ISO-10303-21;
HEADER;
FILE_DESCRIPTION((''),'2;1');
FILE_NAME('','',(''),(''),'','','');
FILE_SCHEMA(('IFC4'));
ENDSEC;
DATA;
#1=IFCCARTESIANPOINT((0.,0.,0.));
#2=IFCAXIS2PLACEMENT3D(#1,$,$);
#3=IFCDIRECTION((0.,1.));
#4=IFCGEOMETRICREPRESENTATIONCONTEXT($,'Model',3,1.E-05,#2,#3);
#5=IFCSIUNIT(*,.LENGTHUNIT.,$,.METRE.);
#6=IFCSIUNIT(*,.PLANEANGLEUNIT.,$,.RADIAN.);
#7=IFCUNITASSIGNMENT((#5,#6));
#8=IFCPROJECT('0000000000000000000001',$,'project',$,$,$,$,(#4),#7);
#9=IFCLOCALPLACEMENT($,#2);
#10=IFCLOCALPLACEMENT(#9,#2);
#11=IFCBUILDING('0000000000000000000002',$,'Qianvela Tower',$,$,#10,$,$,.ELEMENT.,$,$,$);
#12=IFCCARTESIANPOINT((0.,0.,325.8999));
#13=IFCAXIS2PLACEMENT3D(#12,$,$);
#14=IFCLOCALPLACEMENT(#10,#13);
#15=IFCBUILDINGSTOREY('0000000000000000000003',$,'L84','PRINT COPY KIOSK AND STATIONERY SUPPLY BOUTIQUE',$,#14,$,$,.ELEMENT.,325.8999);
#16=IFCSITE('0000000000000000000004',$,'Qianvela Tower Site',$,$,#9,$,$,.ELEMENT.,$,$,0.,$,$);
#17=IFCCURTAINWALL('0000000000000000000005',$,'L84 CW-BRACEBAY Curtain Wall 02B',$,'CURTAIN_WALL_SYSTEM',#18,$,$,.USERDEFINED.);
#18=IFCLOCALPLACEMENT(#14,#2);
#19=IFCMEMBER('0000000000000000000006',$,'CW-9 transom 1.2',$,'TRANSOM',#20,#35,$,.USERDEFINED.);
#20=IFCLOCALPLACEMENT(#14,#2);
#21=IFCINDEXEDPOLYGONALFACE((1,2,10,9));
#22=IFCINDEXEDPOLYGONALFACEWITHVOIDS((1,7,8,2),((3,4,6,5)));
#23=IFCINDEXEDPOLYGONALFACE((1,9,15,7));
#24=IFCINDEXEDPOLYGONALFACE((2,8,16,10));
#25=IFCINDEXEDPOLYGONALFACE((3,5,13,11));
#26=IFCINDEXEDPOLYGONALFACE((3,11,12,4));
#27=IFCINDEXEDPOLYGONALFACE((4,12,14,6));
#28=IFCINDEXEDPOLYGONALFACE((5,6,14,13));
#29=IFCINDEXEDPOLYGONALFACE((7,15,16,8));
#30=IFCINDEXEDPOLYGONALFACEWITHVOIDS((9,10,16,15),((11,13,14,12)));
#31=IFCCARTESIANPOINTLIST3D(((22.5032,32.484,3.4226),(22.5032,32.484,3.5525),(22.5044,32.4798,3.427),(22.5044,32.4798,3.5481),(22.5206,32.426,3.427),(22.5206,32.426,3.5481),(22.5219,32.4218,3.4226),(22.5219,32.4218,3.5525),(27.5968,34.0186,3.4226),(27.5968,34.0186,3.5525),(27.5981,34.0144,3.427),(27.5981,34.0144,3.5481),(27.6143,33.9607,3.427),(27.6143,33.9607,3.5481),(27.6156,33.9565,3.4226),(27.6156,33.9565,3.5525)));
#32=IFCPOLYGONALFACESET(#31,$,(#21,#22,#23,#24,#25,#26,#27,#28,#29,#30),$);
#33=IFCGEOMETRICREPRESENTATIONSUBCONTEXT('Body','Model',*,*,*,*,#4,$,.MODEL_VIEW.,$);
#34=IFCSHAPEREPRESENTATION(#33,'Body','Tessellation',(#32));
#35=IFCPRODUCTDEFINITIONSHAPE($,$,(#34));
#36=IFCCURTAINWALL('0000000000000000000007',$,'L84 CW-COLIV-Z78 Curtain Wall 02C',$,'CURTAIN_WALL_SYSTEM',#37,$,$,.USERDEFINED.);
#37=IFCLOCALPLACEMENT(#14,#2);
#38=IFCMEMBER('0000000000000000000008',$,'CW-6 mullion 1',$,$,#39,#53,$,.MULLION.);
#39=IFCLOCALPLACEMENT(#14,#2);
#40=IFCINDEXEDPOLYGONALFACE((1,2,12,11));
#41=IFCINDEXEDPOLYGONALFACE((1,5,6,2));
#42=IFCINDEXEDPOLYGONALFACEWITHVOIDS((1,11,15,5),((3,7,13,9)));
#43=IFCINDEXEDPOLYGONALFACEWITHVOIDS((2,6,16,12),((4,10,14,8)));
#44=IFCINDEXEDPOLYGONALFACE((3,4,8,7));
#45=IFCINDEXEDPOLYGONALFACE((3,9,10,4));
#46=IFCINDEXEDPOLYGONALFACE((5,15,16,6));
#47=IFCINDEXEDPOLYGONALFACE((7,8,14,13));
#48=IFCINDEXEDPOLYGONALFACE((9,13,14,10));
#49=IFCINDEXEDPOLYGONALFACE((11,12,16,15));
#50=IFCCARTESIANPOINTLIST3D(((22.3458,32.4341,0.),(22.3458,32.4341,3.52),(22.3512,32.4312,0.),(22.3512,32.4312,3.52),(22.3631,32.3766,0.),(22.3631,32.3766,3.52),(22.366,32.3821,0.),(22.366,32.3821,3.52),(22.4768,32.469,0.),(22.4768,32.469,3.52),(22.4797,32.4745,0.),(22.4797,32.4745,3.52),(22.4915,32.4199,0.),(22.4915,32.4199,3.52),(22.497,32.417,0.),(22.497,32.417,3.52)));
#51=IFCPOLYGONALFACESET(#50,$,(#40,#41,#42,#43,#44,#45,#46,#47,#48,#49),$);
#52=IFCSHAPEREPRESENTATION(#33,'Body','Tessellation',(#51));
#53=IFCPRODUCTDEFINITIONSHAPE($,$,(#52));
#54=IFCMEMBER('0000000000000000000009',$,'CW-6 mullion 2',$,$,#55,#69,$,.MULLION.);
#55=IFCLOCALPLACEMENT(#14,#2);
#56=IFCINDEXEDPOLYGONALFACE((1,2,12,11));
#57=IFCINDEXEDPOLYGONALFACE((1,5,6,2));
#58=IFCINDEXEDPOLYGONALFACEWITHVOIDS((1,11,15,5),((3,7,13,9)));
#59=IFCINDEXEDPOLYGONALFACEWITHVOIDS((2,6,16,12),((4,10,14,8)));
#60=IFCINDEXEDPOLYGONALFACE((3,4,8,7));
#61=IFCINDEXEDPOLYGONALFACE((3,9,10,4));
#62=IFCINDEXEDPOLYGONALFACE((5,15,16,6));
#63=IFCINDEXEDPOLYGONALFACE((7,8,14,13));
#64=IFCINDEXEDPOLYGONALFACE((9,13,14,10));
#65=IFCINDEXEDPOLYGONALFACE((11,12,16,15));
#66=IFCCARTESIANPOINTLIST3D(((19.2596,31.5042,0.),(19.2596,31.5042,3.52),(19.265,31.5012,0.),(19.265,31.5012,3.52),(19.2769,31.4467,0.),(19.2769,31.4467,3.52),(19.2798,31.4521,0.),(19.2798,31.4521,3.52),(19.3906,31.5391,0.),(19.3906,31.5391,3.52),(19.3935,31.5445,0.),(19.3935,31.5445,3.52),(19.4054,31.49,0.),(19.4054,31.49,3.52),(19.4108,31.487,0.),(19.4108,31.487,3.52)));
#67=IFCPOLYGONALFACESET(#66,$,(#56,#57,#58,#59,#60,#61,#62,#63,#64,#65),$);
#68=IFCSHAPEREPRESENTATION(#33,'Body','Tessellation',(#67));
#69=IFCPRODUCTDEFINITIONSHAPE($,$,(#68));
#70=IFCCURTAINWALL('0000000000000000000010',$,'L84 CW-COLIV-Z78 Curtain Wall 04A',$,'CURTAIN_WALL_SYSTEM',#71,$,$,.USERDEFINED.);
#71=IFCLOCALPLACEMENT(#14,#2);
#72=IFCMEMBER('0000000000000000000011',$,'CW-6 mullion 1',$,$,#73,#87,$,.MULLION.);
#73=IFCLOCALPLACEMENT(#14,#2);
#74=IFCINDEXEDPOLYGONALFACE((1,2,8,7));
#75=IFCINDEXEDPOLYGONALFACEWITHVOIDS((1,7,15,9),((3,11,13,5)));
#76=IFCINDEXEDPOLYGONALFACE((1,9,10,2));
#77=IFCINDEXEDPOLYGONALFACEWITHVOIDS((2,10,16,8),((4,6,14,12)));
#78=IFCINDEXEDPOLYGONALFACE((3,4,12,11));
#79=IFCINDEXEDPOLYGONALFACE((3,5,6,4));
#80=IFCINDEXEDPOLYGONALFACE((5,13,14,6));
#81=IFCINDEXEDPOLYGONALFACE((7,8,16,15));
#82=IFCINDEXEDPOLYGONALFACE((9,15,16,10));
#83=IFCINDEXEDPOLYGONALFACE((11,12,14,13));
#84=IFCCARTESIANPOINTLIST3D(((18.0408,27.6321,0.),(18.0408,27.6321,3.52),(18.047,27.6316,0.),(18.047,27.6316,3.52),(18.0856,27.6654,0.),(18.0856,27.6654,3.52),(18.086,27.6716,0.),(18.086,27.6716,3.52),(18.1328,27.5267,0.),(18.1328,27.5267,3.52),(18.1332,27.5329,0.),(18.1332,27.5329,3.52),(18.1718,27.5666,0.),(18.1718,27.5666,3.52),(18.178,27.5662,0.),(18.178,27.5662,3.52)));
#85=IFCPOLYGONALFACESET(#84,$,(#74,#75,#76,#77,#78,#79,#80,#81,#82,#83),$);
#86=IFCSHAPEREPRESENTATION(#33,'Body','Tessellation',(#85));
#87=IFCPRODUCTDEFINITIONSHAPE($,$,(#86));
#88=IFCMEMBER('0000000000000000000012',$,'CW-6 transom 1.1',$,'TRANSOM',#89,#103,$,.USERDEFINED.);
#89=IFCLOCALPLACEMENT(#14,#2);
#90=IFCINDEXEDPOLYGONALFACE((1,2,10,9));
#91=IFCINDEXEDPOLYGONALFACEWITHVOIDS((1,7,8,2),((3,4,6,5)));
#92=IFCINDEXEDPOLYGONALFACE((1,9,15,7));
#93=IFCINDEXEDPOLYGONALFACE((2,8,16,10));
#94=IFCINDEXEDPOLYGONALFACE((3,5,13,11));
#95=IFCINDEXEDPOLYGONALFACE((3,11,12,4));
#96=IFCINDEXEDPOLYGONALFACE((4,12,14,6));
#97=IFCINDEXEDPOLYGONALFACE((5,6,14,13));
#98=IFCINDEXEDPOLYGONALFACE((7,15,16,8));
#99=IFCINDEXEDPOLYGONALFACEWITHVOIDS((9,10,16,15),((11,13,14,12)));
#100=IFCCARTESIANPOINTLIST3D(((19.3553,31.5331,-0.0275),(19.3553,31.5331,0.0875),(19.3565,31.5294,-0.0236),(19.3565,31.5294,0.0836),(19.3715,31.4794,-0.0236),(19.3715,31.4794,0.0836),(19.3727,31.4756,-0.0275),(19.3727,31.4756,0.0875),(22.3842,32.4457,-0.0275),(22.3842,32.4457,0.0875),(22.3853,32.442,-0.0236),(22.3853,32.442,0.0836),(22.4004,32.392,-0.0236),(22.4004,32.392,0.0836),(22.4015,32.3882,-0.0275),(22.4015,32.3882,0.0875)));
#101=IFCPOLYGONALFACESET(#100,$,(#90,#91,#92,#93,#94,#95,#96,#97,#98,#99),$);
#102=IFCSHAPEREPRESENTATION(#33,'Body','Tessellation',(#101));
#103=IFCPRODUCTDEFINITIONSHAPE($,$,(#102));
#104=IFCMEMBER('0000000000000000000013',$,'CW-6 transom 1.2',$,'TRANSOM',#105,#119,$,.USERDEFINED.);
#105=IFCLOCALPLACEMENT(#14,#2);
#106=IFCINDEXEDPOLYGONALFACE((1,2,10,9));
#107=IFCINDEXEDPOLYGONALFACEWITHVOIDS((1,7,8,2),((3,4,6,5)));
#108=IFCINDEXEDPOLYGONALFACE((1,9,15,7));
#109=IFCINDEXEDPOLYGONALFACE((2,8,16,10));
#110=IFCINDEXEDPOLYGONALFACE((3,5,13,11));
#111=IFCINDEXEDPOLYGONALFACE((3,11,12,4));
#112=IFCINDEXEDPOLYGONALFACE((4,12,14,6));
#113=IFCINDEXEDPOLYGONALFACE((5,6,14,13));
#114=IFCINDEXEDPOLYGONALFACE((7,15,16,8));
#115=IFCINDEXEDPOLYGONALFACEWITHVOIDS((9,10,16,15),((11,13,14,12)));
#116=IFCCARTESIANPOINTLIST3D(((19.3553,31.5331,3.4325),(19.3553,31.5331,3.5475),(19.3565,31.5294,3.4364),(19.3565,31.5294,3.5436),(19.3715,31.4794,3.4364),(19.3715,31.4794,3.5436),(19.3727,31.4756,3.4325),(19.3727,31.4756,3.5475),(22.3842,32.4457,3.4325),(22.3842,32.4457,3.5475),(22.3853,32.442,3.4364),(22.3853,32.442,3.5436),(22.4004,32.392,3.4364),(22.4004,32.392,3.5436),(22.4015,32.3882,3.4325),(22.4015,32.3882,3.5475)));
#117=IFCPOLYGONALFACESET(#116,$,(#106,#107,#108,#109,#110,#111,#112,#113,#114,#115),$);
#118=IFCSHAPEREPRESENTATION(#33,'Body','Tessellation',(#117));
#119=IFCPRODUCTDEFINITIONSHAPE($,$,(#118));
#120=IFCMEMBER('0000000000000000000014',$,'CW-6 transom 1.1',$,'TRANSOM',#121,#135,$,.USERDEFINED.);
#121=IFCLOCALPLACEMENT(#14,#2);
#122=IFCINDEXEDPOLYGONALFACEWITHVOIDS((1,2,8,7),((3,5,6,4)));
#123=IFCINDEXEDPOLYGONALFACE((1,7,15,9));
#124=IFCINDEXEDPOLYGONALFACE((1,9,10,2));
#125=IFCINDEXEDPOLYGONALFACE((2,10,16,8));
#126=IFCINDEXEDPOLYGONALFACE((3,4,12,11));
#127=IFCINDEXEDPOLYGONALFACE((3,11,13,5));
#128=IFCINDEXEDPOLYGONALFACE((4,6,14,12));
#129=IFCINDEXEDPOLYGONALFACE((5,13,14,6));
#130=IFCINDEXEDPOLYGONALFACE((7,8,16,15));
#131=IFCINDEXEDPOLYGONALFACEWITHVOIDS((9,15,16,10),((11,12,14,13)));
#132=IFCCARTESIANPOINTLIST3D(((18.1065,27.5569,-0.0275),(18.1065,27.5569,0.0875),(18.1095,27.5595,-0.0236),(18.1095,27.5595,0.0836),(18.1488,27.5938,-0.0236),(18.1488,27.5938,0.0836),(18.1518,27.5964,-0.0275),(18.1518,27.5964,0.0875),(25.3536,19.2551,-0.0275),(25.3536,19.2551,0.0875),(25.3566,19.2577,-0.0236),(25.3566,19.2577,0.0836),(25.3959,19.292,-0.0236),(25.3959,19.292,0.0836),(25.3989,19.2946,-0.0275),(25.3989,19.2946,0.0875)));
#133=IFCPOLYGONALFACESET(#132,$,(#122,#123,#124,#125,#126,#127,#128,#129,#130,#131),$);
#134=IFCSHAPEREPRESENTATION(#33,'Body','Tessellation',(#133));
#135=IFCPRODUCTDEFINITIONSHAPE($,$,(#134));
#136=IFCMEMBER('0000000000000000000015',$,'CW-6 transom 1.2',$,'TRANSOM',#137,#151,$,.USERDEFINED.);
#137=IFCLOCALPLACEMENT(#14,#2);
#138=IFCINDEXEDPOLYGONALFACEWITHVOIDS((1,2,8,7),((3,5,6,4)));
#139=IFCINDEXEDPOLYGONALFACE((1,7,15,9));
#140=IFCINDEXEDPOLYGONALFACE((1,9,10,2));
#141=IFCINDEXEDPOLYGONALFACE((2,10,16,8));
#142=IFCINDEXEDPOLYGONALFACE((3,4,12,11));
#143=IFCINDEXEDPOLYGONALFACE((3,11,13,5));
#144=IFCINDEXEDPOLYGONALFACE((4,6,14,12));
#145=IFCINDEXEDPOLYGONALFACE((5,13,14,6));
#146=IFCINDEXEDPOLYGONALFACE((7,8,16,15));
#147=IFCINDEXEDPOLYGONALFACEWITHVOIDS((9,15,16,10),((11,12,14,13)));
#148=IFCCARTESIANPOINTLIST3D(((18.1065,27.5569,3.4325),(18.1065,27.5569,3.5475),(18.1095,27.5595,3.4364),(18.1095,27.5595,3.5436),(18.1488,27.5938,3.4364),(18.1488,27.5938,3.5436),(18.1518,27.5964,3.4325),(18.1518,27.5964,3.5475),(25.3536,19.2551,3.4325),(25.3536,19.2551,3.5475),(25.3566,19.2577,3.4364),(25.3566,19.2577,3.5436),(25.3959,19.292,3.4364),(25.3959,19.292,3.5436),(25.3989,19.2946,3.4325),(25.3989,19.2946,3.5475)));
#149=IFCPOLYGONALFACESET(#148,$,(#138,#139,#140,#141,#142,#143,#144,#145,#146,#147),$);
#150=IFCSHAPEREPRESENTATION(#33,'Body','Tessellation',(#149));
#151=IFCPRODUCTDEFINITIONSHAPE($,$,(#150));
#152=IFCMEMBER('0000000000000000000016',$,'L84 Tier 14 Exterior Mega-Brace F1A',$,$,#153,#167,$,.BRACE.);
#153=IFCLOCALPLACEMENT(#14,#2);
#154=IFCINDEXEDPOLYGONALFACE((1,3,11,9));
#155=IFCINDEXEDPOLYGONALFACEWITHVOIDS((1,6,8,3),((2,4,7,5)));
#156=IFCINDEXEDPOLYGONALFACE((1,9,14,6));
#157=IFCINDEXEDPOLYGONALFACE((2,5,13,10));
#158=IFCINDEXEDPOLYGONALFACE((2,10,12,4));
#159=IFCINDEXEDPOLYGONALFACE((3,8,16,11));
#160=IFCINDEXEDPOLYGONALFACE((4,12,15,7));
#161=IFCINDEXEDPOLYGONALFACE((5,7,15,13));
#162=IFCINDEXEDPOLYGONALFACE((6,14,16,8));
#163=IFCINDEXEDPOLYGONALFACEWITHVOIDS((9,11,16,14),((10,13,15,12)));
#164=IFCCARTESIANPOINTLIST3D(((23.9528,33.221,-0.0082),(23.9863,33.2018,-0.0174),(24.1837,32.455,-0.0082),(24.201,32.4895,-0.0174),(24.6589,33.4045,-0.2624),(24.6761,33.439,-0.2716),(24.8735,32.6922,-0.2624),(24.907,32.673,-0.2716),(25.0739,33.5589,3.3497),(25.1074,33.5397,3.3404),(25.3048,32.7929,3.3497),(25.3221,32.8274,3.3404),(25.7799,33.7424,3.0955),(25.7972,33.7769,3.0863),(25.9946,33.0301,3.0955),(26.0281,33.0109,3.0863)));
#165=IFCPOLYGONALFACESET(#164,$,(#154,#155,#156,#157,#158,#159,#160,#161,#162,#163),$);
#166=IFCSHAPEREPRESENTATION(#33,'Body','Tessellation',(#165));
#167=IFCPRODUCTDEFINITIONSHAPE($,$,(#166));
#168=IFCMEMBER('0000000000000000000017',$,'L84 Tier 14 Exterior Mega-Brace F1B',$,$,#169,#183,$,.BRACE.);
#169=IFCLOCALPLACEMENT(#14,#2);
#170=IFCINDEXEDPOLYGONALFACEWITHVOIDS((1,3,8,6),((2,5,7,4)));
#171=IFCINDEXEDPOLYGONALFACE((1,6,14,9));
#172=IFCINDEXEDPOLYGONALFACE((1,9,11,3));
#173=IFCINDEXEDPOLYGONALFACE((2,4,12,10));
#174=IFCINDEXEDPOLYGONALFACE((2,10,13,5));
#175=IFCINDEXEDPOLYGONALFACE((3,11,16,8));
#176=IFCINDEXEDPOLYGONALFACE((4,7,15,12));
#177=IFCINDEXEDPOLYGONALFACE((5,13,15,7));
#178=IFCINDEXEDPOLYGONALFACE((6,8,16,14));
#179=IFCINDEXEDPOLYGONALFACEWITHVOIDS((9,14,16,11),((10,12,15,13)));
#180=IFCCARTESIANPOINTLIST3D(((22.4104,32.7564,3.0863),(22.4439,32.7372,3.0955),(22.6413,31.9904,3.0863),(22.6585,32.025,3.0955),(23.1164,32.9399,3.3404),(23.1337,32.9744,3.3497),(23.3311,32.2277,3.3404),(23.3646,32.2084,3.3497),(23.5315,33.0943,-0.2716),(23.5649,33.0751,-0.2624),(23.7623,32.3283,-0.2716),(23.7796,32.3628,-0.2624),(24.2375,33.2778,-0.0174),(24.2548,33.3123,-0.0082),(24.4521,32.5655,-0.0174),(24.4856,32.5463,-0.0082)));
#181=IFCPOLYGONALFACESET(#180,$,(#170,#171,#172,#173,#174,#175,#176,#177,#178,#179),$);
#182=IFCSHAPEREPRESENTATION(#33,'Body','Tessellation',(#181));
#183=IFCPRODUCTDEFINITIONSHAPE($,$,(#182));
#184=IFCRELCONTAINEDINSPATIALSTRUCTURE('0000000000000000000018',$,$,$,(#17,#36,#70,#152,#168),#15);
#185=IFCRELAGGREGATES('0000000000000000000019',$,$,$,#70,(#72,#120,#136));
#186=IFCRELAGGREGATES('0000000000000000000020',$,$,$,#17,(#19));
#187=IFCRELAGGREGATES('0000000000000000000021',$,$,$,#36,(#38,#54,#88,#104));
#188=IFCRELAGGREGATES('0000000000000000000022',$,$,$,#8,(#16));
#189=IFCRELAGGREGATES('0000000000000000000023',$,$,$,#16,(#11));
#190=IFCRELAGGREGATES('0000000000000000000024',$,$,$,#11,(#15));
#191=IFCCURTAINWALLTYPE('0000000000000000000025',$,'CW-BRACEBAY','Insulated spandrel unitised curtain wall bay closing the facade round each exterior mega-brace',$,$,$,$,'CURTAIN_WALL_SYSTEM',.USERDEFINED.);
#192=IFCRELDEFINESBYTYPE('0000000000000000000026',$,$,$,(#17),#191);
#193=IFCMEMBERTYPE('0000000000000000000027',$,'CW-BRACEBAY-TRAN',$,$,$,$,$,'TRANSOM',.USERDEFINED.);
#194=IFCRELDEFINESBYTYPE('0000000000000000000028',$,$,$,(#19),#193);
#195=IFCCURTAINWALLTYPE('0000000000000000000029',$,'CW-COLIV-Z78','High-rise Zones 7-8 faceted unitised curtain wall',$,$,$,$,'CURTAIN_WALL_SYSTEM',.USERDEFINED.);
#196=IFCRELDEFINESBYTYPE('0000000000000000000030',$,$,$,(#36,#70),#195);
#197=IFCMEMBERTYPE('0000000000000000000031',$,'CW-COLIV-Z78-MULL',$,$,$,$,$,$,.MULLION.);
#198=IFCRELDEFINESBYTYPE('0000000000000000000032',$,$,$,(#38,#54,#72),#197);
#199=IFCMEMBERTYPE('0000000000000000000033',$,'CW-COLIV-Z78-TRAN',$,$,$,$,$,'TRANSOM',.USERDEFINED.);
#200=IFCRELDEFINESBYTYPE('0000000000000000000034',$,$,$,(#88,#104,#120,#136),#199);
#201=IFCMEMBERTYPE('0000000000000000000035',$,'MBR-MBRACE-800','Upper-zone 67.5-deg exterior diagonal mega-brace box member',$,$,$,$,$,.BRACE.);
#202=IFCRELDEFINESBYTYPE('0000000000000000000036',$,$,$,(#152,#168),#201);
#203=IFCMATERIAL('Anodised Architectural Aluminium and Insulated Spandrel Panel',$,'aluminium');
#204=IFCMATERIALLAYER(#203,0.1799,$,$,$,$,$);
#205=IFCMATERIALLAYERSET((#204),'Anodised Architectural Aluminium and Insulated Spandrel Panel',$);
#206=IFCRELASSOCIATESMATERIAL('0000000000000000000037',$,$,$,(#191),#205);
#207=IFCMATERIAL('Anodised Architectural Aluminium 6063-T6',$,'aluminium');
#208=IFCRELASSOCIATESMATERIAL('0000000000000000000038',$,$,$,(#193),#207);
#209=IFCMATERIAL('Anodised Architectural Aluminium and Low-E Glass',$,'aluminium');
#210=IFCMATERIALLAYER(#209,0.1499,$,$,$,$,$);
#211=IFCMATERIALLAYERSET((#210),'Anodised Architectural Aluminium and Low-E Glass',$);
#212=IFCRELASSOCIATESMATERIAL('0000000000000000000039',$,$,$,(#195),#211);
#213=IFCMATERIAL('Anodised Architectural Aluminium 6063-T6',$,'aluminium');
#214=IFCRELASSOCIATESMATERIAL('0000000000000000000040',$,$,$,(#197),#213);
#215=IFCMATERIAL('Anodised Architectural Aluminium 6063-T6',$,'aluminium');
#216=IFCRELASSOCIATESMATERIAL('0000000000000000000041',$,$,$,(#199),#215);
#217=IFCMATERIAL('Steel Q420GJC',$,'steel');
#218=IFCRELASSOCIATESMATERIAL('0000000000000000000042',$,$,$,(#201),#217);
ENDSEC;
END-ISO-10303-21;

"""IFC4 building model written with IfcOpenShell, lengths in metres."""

from ifc_helpers import new_model, si_unit, direction, frame, origin, origin_2d, place, context, subcontext, project, spatial, hollow_rectangle, extrude, material, layer, layer_set, material_profile, profile_set, type_object, element, aggregate, save


model = new_model("IFC4")

# Units and contexts
model_context = context("Model", 3, precision=1e-05, world=origin(), true_north=direction((0.0, 1.0)))
body_context = subcontext(model_context, "Body", "Model", "MODEL_VIEW")
ifc_project = project(units=[si_unit("LENGTHUNIT", "METRE"), si_unit("PLANEANGLEUNIT", "RADIAN")], contexts=[model_context])

# Site, building, storey
site_placement = place(None, origin())
site = spatial("IfcSite", under=ifc_project, at=site_placement, Name="Qianvela Tower Site", CompositionType="ELEMENT", RefElevation=0.0)
building_placement = place(site_placement, origin())
building = spatial("IfcBuilding", under=site, at=building_placement, Name="Qianvela Tower", CompositionType="ELEMENT")
storey_placement = place(building_placement, frame((0.0, 0.0, 325.8999)))
storey = spatial("IfcBuildingStorey", under=building, at=storey_placement, Name="L84", Description="PRINT COPY KIOSK AND STATIONERY SUPPLY BOUTIQUE", CompositionType="ELEMENT", Elevation=325.8999)

# Curtain walls, members
ifc_material_1 = material(Name="Anodised Architectural Aluminium and Insulated Spandrel Panel", Category="aluminium")
ifc_layer_1 = layer(ifc_material_1, 0.1799)
ifc_layer_set_1 = layer_set([ifc_layer_1], Name="Anodised Architectural Aluminium and Insulated Spandrel Panel")
curtain_wall_type_1 = type_object("IfcCurtainWallType", Name="CW-BRACEBAY", Description="Insulated spandrel unitised curtain wall bay closing the facade round each exterior mega-brace", ElementType="CURTAIN_WALL_SYSTEM", PredefinedType="USERDEFINED", material=ifc_layer_set_1)
curtain_wall_1_placement = place(storey_placement, origin())
curtain_wall_1 = element("IfcCurtainWall", 1, at=curtain_wall_1_placement, inside=storey, type_object=curtain_wall_type_1, Name="L84 CW-BRACEBAY Curtain Wall 02B", ObjectType="CURTAIN_WALL_SYSTEM", PredefinedType="USERDEFINED")
ifc_material_2 = material(Name="Anodised Architectural Aluminium 6063-T6", Category="aluminium")
ifc_material_profile_1 = material_profile(ifc_material_2, hollow_rectangle(XDim=0.0649, YDim=0.1299, WallThickness=0.0044, at=origin_2d()), Name="ALU-TRAN-65x130")
ifc_profile_set_1 = profile_set([ifc_material_profile_1], Name="Anodised Architectural Aluminium 6063-T6")
member_type_1 = type_object("IfcMemberType", Name="CW-BRACEBAY-TRAN", ElementType="TRANSOM", PredefinedType="USERDEFINED", material=ifc_profile_set_1)
member_1_placement = place(storey_placement, frame((27.6062, 33.9875, 3.4875), z_axis=(-0.957487, -0.288476, 0.0), x_axis=(0.288476, -0.957487, 0.0)))
member_1 = element("IfcMember", 2, at=member_1_placement, type_object=member_type_1, Name="CW-9 transom 1.2", ObjectType="TRANSOM", PredefinedType="USERDEFINED", context=body_context, shape_type="SweptSolid", body=[
    extrude(hollow_rectangle(XDim=0.0649, YDim=0.1299, WallThickness=0.0044, at=origin_2d()), origin(), (0.0, 0.0, 1.0), 5.3198),
])
ifc_material_3 = material(Name="Anodised Architectural Aluminium and Low-E Glass", Category="aluminium")
ifc_layer_2 = layer(ifc_material_3, 0.1499)
ifc_layer_set_2 = layer_set([ifc_layer_2], Name="Anodised Architectural Aluminium and Low-E Glass")
curtain_wall_type_2 = type_object("IfcCurtainWallType", Name="CW-COLIV-Z78", Description="High-rise Zones 7-8 faceted unitised curtain wall", ElementType="CURTAIN_WALL_SYSTEM", PredefinedType="USERDEFINED", material=ifc_layer_set_2)
curtain_wall_2_placement = place(storey_placement, origin())
curtain_wall_2 = element("IfcCurtainWall", 3, at=curtain_wall_2_placement, inside=storey, type_object=curtain_wall_type_2, Name="L84 CW-COLIV-Z78 Curtain Wall 02C", ObjectType="CURTAIN_WALL_SYSTEM", PredefinedType="USERDEFINED")
ifc_material_4 = material(Name="Anodised Architectural Aluminium 6063-T6", Category="aluminium")
ifc_material_profile_2 = material_profile(ifc_material_4, hollow_rectangle(XDim=0.0601, YDim=0.1399, WallThickness=0.0044, at=origin_2d()), Name="ALU-MULL-60x140")
ifc_profile_set_2 = profile_set([ifc_material_profile_2], Name="Anodised Architectural Aluminium 6063-T6")
member_type_2 = type_object("IfcMemberType", Name="CW-COLIV-Z78-MULL", PredefinedType="MULLION", material=ifc_profile_set_2)
member_2_placement = place(storey_placement, frame((22.4214, 32.4255, 0.0), z_axis=(0.0, 0.0, 1.0), x_axis=(0.288491, -0.957483, 0.0)))
member_2 = element("IfcMember", 4, at=member_2_placement, type_object=member_type_2, Name="CW-6 mullion 1", PredefinedType="MULLION", context=body_context, shape_type="SweptSolid", body=[
    extrude(hollow_rectangle(XDim=0.0601, YDim=0.1399, WallThickness=0.0044, at=origin_2d()), origin(), (0.0, 0.0, 1.0), 3.52),
])
member_3_placement = place(storey_placement, frame((19.3352, 31.4956, 0.0), z_axis=(0.0, 0.0, 1.0), x_axis=(0.288491, -0.957483, 0.0)))
member_3 = element("IfcMember", 5, at=member_3_placement, type_object=member_type_2, Name="CW-6 mullion 2", PredefinedType="MULLION", context=body_context, shape_type="SweptSolid", body=[
    extrude(hollow_rectangle(XDim=0.0601, YDim=0.1399, WallThickness=0.0044, at=origin_2d()), origin(), (0.0, 0.0, 1.0), 3.52),
])

# Curtain wall, member
curtain_wall_3_placement = place(storey_placement, origin())
curtain_wall_3 = element("IfcCurtainWall", 6, at=curtain_wall_3_placement, inside=storey, type_object=curtain_wall_type_2, Name="L84 CW-COLIV-Z78 Curtain Wall 04A", ObjectType="CURTAIN_WALL_SYSTEM", PredefinedType="USERDEFINED")
member_4_placement = place(storey_placement, frame((18.1094, 27.5991, 0.0), z_axis=(0.0, 0.0, 1.0), x_axis=(0.753332, 0.657641, 0.0)))
member_4 = element("IfcMember", 7, at=member_4_placement, type_object=member_type_2, Name="CW-6 mullion 1", PredefinedType="MULLION", context=body_context, shape_type="SweptSolid", body=[
    extrude(hollow_rectangle(XDim=0.0601, YDim=0.1399, WallThickness=0.0044, at=origin_2d()), origin(), (0.0, 0.0, 1.0), 3.52),
])

# Members
ifc_material_5 = material(Name="Anodised Architectural Aluminium 6063-T6", Category="aluminium")
ifc_material_profile_3 = material_profile(ifc_material_5, hollow_rectangle(XDim=0.0601, YDim=0.115, WallThickness=0.0039, at=origin_2d()), Name="ALU-TRAN-60x115")
ifc_profile_set_3 = profile_set([ifc_material_profile_3], Name="Anodised Architectural Aluminium 6063-T6")
member_type_3 = type_object("IfcMemberType", Name="CW-COLIV-Z78-TRAN", ElementType="TRANSOM", PredefinedType="USERDEFINED", material=ifc_profile_set_3)
member_5_placement = place(storey_placement, frame((22.3928, 32.417, 0.03), z_axis=(-0.957481, -0.288495, 0.0), x_axis=(0.288495, -0.957481, 0.0)))
member_5 = element("IfcMember", 8, at=member_5_placement, type_object=member_type_3, Name="CW-6 transom 1.1", ObjectType="TRANSOM", PredefinedType="USERDEFINED", context=body_context, shape_type="SweptSolid", body=[
    extrude(hollow_rectangle(XDim=0.0601, YDim=0.115, WallThickness=0.0039, at=origin_2d()), origin(), (0.0, 0.0, 1.0), 3.1633),
])
member_6_placement = place(storey_placement, frame((22.3928, 32.417, 3.49), z_axis=(-0.957481, -0.288495, 0.0), x_axis=(0.288495, -0.957481, 0.0)))
member_6 = element("IfcMember", 9, at=member_6_placement, type_object=member_type_3, Name="CW-6 transom 1.2", ObjectType="TRANSOM", PredefinedType="USERDEFINED", context=body_context, shape_type="SweptSolid", body=[
    extrude(hollow_rectangle(XDim=0.0601, YDim=0.115, WallThickness=0.0039, at=origin_2d()), origin(), (0.0, 0.0, 1.0), 3.1633),
])
member_7_placement = place(storey_placement, frame((18.1292, 27.5767, 0.03), z_axis=(0.657632, -0.753339, 0.0), x_axis=(0.753339, 0.657632, 0.0)))
member_7 = element("IfcMember", 10, at=member_7_placement, type_object=member_type_3, Name="CW-6 transom 1.1", ObjectType="TRANSOM", PredefinedType="USERDEFINED", context=body_context, shape_type="SweptSolid", body=[
    extrude(hollow_rectangle(XDim=0.0601, YDim=0.115, WallThickness=0.0039, at=origin_2d()), origin(), (0.0, 0.0, 1.0), 11.02),
])
member_8_placement = place(storey_placement, frame((18.1292, 27.5767, 3.49), z_axis=(0.657632, -0.753339, 0.0), x_axis=(0.753339, 0.657632, 0.0)))
member_8 = element("IfcMember", 11, at=member_8_placement, type_object=member_type_3, Name="CW-6 transom 1.2", ObjectType="TRANSOM", PredefinedType="USERDEFINED", context=body_context, shape_type="SweptSolid", body=[
    extrude(hollow_rectangle(XDim=0.0601, YDim=0.115, WallThickness=0.0039, at=origin_2d()), origin(), (0.0, 0.0, 1.0), 11.02),
])
aggregate(curtain_wall_3, [member_4, member_7, member_8])

# Members
ifc_material_6 = material(Name="Steel Q420GJC", Category="steel")
ifc_material_profile_4 = material_profile(ifc_material_6, hollow_rectangle(XDim=0.8, YDim=0.8, WallThickness=0.0281, at=origin_2d()), Name="MBOX-800x800x28")
ifc_profile_set_4 = profile_set([ifc_material_profile_4], Name="Steel Q420GJC")
member_type_4 = type_object("IfcMemberType", Name="MBR-MBRACE-800", Description="Upper-zone 67.5-deg exterior diagonal mega-brace box member", PredefinedType="BRACE", material=ifc_profile_set_4)
for number, where, z_axis, x_axis, name in (
    (12, (24.4299, 32.947, -0.1399), (0.31525, 0.095014, 0.94424), (-0.288572, 0.957458, 0.0), "L84 Tier 14 Exterior Mega-Brace F1A"),
    (13, (24.0085, 32.8203, -0.1399), (-0.31525, -0.095014, 0.94424), (0.288572, -0.957458, 0.0), "L84 Tier 14 Exterior Mega-Brace F1B"),
):
    element("IfcMember", number, at=place(storey_placement, frame(where, z_axis=z_axis, x_axis=x_axis)), inside=storey, type_object=member_type_4, Name=name, PredefinedType="BRACE", context=body_context, shape_type="SweptSolid", body=[
        extrude(hollow_rectangle(XDim=0.8, YDim=0.8, WallThickness=0.0281, at=origin_2d()), origin(), (0.0, 0.0, 1.0), 3.5562),
    ])

aggregate(curtain_wall_1, [member_1])
aggregate(curtain_wall_2, [member_2, member_3, member_5, member_6])

save(model, "model.ifc")
